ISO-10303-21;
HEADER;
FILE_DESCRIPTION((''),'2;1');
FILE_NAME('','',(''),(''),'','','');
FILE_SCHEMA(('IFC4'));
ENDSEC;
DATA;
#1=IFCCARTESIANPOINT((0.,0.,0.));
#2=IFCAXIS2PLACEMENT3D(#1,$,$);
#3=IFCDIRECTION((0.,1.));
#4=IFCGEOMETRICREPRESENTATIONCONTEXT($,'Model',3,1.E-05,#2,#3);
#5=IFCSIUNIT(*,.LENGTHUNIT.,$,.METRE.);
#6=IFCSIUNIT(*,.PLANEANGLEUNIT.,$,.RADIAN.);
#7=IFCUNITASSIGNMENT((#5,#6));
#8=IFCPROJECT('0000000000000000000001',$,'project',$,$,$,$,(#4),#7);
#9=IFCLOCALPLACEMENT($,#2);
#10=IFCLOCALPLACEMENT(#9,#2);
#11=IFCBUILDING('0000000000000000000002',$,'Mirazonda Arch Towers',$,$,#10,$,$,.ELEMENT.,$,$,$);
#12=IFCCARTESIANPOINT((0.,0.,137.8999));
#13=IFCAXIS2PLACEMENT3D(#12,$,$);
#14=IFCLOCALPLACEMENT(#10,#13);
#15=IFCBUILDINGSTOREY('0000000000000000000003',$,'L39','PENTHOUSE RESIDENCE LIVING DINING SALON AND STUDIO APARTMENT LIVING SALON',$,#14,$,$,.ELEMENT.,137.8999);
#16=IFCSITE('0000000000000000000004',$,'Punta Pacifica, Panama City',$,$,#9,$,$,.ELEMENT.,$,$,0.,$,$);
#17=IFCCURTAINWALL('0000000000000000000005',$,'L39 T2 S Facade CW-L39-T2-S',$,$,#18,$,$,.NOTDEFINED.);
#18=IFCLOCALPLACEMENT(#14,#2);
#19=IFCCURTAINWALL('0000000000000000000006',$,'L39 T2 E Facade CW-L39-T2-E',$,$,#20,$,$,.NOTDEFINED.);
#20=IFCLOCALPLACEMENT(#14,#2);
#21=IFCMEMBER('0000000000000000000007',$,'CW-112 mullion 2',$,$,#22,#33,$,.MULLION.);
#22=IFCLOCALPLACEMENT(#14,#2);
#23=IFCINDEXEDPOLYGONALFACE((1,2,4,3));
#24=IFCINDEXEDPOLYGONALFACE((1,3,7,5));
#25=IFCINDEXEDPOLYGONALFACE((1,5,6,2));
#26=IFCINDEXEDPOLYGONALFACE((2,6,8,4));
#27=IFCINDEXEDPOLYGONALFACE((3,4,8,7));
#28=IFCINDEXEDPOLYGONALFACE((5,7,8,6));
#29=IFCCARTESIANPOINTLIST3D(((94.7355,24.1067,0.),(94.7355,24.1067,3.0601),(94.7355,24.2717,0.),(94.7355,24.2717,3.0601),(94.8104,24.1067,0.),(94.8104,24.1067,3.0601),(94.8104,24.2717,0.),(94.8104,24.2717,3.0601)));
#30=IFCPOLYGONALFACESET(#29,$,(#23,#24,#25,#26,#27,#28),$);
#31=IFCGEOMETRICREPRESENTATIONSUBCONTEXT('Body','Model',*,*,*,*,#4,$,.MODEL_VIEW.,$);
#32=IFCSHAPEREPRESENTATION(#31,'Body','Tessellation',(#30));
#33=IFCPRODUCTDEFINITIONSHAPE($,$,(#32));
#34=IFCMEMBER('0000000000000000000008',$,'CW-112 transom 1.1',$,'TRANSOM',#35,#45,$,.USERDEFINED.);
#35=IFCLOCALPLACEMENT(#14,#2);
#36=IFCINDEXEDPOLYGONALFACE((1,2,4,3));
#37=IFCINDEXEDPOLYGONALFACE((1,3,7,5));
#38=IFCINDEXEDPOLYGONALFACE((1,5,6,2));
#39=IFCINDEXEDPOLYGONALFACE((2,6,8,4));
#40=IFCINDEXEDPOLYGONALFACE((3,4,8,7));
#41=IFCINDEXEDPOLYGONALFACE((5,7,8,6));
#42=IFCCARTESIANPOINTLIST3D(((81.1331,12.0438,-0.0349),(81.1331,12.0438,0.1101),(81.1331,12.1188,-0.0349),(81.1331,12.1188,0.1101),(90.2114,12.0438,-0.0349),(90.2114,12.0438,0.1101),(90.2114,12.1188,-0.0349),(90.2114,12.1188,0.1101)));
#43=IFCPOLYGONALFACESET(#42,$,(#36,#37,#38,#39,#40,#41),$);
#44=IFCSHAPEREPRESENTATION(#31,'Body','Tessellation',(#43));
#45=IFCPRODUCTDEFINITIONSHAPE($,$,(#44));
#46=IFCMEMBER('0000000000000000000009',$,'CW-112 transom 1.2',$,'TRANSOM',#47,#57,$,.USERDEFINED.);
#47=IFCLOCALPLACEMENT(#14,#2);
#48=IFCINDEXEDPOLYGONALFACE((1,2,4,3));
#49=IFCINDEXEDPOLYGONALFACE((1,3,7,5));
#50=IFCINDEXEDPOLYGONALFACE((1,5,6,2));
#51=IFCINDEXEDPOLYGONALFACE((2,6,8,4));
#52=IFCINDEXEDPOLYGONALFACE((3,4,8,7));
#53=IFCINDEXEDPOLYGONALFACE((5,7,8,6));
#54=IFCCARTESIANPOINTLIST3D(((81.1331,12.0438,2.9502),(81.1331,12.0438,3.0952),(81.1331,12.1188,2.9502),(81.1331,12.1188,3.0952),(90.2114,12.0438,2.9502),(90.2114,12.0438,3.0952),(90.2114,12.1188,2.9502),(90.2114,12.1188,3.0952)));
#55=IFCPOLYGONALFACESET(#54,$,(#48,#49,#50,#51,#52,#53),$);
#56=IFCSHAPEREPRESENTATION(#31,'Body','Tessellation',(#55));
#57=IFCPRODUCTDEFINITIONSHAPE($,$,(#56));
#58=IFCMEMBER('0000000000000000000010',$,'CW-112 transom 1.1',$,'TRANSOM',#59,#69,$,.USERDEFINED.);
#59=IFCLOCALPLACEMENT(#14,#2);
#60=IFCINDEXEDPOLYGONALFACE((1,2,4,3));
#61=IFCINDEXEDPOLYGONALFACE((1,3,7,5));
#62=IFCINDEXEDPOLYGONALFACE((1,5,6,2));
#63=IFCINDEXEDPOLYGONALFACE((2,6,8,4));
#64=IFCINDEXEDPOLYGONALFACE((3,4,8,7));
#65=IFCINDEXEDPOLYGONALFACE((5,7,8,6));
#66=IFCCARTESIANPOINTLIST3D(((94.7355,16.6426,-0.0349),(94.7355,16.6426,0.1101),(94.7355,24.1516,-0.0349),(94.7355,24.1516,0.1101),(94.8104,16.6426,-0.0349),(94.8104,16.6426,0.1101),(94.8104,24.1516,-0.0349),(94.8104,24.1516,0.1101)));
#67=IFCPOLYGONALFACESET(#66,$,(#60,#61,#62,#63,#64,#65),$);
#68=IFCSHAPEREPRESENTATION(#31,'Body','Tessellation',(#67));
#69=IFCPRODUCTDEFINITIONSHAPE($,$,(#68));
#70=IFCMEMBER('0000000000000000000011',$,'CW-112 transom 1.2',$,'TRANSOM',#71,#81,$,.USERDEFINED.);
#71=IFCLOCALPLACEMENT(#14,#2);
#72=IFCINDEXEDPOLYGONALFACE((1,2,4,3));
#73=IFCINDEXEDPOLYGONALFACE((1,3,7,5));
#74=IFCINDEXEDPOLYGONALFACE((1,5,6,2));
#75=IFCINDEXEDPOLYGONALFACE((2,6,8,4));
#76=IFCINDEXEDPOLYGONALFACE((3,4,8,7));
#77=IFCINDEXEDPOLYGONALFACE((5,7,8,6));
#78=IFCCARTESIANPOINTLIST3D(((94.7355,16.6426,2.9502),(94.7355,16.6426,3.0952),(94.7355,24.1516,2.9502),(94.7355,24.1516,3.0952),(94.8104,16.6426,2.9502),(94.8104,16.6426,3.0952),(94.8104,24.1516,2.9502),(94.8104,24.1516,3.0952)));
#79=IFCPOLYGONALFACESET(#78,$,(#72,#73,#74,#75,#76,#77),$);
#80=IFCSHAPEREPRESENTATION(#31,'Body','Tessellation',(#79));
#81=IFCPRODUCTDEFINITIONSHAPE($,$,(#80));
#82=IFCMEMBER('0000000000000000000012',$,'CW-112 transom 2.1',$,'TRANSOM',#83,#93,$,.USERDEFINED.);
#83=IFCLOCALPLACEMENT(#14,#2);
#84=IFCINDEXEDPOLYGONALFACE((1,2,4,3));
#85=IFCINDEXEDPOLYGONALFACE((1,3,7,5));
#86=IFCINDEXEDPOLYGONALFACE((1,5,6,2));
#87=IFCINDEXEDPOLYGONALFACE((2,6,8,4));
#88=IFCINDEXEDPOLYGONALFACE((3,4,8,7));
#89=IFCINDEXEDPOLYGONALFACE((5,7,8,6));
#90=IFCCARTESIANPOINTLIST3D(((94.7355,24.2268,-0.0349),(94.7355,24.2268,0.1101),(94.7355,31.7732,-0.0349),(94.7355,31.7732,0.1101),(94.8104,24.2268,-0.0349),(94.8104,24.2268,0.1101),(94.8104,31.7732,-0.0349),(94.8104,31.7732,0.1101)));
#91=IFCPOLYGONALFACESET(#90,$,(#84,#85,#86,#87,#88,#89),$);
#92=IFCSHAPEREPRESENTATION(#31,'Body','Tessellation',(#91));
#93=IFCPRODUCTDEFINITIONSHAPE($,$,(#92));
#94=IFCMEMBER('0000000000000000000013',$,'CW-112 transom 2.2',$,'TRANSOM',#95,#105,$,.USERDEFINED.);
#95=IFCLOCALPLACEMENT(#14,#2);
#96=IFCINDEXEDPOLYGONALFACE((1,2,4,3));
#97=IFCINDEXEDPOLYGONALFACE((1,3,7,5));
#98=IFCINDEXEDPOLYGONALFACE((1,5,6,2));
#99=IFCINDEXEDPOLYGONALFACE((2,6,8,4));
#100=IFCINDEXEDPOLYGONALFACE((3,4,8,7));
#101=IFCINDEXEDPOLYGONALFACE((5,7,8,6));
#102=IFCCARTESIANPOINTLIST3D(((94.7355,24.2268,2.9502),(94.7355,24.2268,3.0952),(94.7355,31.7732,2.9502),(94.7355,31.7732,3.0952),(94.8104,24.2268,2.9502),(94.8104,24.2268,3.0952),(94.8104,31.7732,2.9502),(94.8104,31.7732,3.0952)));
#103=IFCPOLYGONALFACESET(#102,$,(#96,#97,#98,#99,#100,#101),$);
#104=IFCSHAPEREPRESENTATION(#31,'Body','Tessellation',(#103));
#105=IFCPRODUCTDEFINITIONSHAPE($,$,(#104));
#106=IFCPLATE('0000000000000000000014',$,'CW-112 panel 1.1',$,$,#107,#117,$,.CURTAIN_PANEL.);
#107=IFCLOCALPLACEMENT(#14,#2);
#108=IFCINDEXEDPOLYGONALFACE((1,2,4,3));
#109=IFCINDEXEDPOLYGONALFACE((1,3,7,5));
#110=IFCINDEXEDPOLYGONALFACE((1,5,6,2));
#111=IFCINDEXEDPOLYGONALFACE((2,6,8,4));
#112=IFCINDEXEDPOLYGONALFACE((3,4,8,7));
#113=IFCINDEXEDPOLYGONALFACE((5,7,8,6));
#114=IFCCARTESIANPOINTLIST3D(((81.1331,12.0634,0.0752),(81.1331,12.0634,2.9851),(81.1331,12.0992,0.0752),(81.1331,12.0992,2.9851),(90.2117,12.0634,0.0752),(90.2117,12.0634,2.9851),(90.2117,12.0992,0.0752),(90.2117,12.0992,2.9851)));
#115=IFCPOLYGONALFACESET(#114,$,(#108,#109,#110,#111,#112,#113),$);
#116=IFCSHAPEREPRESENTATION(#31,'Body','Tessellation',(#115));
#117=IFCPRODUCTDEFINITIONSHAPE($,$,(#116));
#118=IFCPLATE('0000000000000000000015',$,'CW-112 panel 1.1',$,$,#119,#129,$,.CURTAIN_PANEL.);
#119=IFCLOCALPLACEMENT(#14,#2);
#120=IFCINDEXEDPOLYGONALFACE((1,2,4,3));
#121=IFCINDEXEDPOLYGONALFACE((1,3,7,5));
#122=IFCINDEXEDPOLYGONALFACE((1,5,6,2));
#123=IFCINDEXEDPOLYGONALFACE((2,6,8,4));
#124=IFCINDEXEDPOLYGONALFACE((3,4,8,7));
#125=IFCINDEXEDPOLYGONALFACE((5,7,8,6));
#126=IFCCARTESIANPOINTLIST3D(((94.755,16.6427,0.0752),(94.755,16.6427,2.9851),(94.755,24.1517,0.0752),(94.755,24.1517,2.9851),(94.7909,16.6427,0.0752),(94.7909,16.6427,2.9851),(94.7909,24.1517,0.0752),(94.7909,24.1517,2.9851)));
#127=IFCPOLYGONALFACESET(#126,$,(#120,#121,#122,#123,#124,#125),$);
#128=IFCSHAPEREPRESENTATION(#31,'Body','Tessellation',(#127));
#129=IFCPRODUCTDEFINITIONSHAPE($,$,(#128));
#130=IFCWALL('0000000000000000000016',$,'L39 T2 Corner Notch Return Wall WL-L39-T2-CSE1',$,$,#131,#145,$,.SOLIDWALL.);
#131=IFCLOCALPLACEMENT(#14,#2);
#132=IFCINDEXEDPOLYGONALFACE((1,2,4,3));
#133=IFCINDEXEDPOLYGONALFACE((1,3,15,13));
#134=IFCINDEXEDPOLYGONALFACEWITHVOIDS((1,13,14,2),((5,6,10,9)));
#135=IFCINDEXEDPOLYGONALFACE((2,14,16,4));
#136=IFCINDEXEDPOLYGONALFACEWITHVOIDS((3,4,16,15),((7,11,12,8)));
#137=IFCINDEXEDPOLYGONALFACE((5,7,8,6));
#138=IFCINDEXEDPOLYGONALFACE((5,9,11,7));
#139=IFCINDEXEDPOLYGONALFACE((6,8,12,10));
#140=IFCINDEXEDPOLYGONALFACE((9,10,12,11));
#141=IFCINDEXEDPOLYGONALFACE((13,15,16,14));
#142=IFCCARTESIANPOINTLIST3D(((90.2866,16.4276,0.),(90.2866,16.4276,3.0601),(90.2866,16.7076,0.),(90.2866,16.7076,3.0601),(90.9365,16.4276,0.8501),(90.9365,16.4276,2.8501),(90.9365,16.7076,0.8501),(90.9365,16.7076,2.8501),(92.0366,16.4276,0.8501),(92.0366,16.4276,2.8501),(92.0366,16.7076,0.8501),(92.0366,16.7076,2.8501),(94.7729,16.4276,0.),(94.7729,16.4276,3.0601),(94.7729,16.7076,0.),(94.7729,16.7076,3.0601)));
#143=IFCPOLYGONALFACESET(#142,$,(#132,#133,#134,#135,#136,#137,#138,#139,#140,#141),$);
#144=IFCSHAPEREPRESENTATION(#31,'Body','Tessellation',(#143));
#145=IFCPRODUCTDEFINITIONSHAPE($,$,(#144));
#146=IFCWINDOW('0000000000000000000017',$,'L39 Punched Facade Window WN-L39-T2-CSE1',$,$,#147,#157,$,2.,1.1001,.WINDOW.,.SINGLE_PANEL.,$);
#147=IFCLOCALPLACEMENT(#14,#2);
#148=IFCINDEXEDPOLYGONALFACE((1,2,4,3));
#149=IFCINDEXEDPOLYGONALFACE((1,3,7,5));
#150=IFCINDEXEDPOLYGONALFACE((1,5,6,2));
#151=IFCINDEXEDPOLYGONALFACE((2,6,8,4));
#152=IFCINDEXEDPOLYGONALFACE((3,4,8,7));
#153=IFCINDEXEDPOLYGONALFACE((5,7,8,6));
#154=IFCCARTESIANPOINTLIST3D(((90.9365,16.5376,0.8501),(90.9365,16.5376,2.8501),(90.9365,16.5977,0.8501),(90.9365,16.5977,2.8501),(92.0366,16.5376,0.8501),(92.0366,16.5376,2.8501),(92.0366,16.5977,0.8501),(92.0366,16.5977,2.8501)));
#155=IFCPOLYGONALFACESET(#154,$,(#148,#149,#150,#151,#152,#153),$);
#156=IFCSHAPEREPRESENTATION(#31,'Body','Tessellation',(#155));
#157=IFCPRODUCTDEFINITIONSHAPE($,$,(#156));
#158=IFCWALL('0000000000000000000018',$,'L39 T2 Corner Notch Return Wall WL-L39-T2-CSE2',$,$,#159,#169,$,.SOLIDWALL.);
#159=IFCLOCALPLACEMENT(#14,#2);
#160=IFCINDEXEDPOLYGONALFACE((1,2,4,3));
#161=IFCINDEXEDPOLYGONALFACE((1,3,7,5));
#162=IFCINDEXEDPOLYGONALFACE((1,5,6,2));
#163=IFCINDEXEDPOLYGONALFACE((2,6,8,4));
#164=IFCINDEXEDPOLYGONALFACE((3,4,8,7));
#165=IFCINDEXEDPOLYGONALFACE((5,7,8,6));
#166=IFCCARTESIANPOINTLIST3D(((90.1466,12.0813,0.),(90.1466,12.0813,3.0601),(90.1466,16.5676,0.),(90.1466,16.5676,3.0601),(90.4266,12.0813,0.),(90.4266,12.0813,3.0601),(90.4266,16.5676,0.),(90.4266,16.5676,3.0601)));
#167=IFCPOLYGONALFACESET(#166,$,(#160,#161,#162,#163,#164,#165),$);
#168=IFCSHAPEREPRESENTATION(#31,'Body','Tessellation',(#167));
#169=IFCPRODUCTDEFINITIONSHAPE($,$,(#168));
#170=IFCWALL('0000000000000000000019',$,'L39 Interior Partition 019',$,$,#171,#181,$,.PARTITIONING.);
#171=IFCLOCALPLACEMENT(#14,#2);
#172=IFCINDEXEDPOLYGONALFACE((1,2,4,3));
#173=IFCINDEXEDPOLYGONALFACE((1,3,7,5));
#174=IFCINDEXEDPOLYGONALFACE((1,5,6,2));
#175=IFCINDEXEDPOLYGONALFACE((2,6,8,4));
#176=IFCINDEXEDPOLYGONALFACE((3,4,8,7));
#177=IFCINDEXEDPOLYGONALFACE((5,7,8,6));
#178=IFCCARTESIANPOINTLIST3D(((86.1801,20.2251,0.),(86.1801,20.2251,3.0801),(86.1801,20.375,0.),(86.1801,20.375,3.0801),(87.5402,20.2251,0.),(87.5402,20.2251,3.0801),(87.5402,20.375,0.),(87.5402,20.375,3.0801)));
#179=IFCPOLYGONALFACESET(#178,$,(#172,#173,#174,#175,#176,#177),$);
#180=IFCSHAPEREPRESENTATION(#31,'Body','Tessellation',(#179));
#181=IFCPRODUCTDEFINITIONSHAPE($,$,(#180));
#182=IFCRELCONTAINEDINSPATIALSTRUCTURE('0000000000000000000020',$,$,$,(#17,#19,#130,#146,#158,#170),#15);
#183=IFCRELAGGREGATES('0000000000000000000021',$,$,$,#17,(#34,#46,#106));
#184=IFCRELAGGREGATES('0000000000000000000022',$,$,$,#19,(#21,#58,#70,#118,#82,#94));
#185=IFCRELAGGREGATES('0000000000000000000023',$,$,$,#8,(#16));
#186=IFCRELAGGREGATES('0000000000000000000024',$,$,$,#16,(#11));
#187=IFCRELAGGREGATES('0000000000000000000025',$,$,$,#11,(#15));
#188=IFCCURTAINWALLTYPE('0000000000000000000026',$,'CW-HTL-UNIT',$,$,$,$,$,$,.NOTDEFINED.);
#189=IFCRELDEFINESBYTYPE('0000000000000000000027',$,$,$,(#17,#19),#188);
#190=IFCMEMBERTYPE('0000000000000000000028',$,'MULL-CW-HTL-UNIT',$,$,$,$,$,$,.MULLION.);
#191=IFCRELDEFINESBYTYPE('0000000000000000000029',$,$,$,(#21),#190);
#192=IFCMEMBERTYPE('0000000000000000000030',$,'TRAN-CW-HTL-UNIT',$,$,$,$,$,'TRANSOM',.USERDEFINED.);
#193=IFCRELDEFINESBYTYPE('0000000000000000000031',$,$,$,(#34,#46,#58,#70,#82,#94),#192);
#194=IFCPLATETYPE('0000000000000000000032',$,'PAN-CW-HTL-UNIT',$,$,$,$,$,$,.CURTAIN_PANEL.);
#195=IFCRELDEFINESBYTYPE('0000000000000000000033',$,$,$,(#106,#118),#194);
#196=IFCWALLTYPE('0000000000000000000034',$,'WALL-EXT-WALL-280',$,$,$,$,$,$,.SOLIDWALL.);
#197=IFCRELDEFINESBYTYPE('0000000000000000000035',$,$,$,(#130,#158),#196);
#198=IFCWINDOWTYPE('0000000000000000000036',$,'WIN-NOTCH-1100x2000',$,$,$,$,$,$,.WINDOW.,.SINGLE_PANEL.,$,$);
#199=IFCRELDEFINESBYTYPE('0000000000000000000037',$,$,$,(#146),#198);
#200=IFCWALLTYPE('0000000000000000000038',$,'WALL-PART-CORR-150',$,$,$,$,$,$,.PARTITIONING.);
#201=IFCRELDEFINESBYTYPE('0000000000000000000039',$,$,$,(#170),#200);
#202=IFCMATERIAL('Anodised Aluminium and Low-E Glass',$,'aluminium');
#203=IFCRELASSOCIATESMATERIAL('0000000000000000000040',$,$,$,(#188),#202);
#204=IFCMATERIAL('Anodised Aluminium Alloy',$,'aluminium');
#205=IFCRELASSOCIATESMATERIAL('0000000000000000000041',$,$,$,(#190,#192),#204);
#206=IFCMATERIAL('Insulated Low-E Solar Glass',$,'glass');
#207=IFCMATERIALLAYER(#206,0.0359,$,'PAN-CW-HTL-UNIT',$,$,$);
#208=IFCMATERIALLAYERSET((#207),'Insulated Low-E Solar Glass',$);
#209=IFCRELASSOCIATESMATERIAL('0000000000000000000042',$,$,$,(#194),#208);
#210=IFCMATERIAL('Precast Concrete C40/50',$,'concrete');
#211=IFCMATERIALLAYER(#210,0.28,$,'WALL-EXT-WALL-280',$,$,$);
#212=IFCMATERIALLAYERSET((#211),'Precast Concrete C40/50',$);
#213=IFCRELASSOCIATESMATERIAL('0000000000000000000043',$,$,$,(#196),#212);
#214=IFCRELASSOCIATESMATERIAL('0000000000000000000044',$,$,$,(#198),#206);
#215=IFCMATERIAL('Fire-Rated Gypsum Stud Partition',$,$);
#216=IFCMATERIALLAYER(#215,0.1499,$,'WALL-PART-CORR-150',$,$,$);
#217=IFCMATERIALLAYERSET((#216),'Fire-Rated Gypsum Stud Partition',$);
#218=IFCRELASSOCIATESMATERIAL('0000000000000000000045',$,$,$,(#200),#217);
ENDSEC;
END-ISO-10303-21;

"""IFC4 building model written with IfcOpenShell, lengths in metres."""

from ifc_helpers import new_model, si_unit, direction, frame, frame_2d, origin, origin_2d, place, context, subcontext, project, spatial, rectangle, extrude, material, layer, layer_set, material_profile, profile_set, type_object, element, fill, aggregate, save


model = new_model("IFC4")

# Units and contexts
model_context = context("Model", 3, precision=1e-05, world=origin(), true_north=direction((0.0, 1.0)))
body_context = subcontext(model_context, "Body", "Model", "MODEL_VIEW")
ifc_project = project(units=[si_unit("LENGTHUNIT", "METRE"), si_unit("PLANEANGLEUNIT", "RADIAN")], contexts=[model_context])

# Site, building, storey
site_placement = place(None, origin())
site = spatial("IfcSite", under=ifc_project, at=site_placement, Name="Punta Pacifica, Panama City", CompositionType="ELEMENT", RefElevation=0.0)
building_placement = place(site_placement, origin())
building = spatial("IfcBuilding", under=site, at=building_placement, Name="Mirazonda Arch Towers", CompositionType="ELEMENT")
storey_placement = place(building_placement, frame((0.0, 0.0, 137.8999)))
storey = spatial("IfcBuildingStorey", under=building, at=storey_placement, Name="L39", Description="PENTHOUSE RESIDENCE LIVING DINING SALON AND STUDIO APARTMENT LIVING SALON", CompositionType="ELEMENT", Elevation=137.8999)

# Curtain wall
ifc_material_1 = material(Name="Anodised Aluminium and Low-E Glass", Category="aluminium")
curtain_wall_type = type_object("IfcCurtainWallType", Name="CW-HTL-UNIT", PredefinedType="NOTDEFINED", material=ifc_material_1)
curtain_wall_1_placement = place(storey_placement, origin())
curtain_wall_1 = element("IfcCurtainWall", 1, at=curtain_wall_1_placement, inside=storey, type_object=curtain_wall_type, Name="L39 T2 S Facade CW-L39-T2-S", PredefinedType="NOTDEFINED")
ifc_material_2 = material(Name="Anodised Aluminium Alloy", Category="aluminium")
ifc_material_profile_1 = material_profile(ifc_material_2, rectangle(XDim=0.075, YDim=0.165, at=origin_2d()), Name="ALU-MULL-75x165")
ifc_profile_set_1 = profile_set([ifc_material_profile_1], Name="Anodised Aluminium Alloy")
member_type_1 = type_object("IfcMemberType", Name="MULL-CW-HTL-UNIT", PredefinedType="MULLION", material=ifc_profile_set_1)

# Curtain wall, member
curtain_wall_2_placement = place(storey_placement, origin())
curtain_wall_2 = element("IfcCurtainWall", 2, at=curtain_wall_2_placement, inside=storey, type_object=curtain_wall_type, Name="L39 T2 E Facade CW-L39-T2-E", PredefinedType="NOTDEFINED")
member_1_placement = place(storey_placement, frame((94.7729, 24.1892, 0.0), z_axis=(0.0, 0.0, 1.0), x_axis=(-1.0, 0.0, 0.0)))
member_1 = element("IfcMember", 3, at=member_1_placement, type_object=member_type_1, Name="CW-112 mullion 2", PredefinedType="MULLION", context=body_context, shape_type="SweptSolid", body=[
    extrude(rectangle(XDim=0.075, YDim=0.165, at=origin_2d()), origin(), (0.0, 0.0, 1.0), 3.0601),
])

# Members
ifc_material_profile_2 = material_profile(ifc_material_2, rectangle(XDim=0.075, YDim=0.145, at=origin_2d()), Name="ALU-TRAN-75x145")
ifc_profile_set_2 = profile_set([ifc_material_profile_2], Name="Anodised Aluminium Alloy")
member_type_2 = type_object("IfcMemberType", Name="TRAN-CW-HTL-UNIT", ElementType="TRANSOM", PredefinedType="USERDEFINED", material=ifc_profile_set_2)
member_2_placement = place(storey_placement, frame((90.2114, 12.0813, 0.0376), z_axis=(-1.0, 0.0, 0.0), x_axis=(0.0, -1.0, 0.0)))
member_2 = element("IfcMember", 4, at=member_2_placement, type_object=member_type_2, Name="CW-112 transom 1.1", ObjectType="TRANSOM", PredefinedType="USERDEFINED", context=body_context, shape_type="SweptSolid", body=[
    extrude(rectangle(XDim=0.075, YDim=0.145, at=origin_2d()), origin(), (0.0, 0.0, 1.0), 9.0784),
])
member_3_placement = place(storey_placement, frame((90.2114, 12.0813, 3.0227), z_axis=(-1.0, 0.0, 0.0), x_axis=(0.0, -1.0, 0.0)))
member_3 = element("IfcMember", 5, at=member_3_placement, type_object=member_type_2, Name="CW-112 transom 1.2", ObjectType="TRANSOM", PredefinedType="USERDEFINED", context=body_context, shape_type="SweptSolid", body=[
    extrude(rectangle(XDim=0.075, YDim=0.145, at=origin_2d()), origin(), (0.0, 0.0, 1.0), 9.0784),
])
member_4_placement = place(storey_placement, frame((94.7729, 16.6426, 0.0376), z_axis=(0.0, 1.0, 0.0), x_axis=(-1.0, 0.0, 0.0)))
member_4 = element("IfcMember", 6, at=member_4_placement, type_object=member_type_2, Name="CW-112 transom 1.1", ObjectType="TRANSOM", PredefinedType="USERDEFINED", context=body_context, shape_type="SweptSolid", body=[
    extrude(rectangle(XDim=0.075, YDim=0.145, at=origin_2d()), origin(), (0.0, 0.0, 1.0), 7.509),
])
member_5_placement = place(storey_placement, frame((94.7729, 16.6426, 3.0227), z_axis=(0.0, 1.0, 0.0), x_axis=(-1.0, 0.0, 0.0)))
member_5 = element("IfcMember", 7, at=member_5_placement, type_object=member_type_2, Name="CW-112 transom 1.2", ObjectType="TRANSOM", PredefinedType="USERDEFINED", context=body_context, shape_type="SweptSolid", body=[
    extrude(rectangle(XDim=0.075, YDim=0.145, at=origin_2d()), origin(), (0.0, 0.0, 1.0), 7.509),
])
member_6_placement = place(storey_placement, frame((94.7729, 24.2268, 0.0376), z_axis=(0.0, 1.0, 0.0), x_axis=(-1.0, 0.0, 0.0)))
member_6 = element("IfcMember", 8, at=member_6_placement, type_object=member_type_2, Name="CW-112 transom 2.1", ObjectType="TRANSOM", PredefinedType="USERDEFINED", context=body_context, shape_type="SweptSolid", body=[
    extrude(rectangle(XDim=0.075, YDim=0.145, at=origin_2d()), origin(), (0.0, 0.0, 1.0), 7.5464),
])
member_7_placement = place(storey_placement, frame((94.7729, 24.2268, 3.0227), z_axis=(0.0, 1.0, 0.0), x_axis=(-1.0, 0.0, 0.0)))
member_7 = element("IfcMember", 9, at=member_7_placement, type_object=member_type_2, Name="CW-112 transom 2.2", ObjectType="TRANSOM", PredefinedType="USERDEFINED", context=body_context, shape_type="SweptSolid", body=[
    extrude(rectangle(XDim=0.075, YDim=0.145, at=origin_2d()), origin(), (0.0, 0.0, 1.0), 7.5464),
])

# Plates
ifc_material_3 = material(Name="Insulated Low-E Solar Glass", Category="glass")
ifc_layer_1 = layer(ifc_material_3, 0.0359, Name="PAN-CW-HTL-UNIT")
ifc_layer_set_1 = layer_set([ifc_layer_1], Name="Insulated Low-E Solar Glass")
plate_type = type_object("IfcPlateType", Name="PAN-CW-HTL-UNIT", PredefinedType="CURTAIN_PANEL", material=ifc_layer_set_1)
plate_1_placement = place(storey_placement, frame((85.6724, 12.0813, 0.0752), z_axis=(0.0, 0.0, 1.0), x_axis=(-1.0, 0.0, 0.0)))
plate_1 = element("IfcPlate", 10, at=plate_1_placement, type_object=plate_type, Name="CW-112 panel 1.1", PredefinedType="CURTAIN_PANEL", context=body_context, shape_type="SweptSolid", body=[
    extrude(rectangle(XDim=9.0786, YDim=0.0359, at=origin_2d()), origin(), (0.0, 0.0, 1.0), 2.9099),
])
aggregate(curtain_wall_1, [member_2, member_3, plate_1])
plate_2_placement = place(storey_placement, frame((94.7729, 20.3972, 0.0752), z_axis=(0.0, 0.0, 1.0), x_axis=(0.0, 1.0, 0.0)))
plate_2 = element("IfcPlate", 11, at=plate_2_placement, type_object=plate_type, Name="CW-112 panel 1.1", PredefinedType="CURTAIN_PANEL", context=body_context, shape_type="SweptSolid", body=[
    extrude(rectangle(XDim=7.509, YDim=0.0359, at=origin_2d()), origin(), (0.0, 0.0, 1.0), 2.9099),
])
aggregate(curtain_wall_2, [member_1, member_4, member_5, plate_2, member_6, member_7])

# Wall, opening, window
ifc_material_4 = material(Name="Precast Concrete C40/50", Category="concrete")
ifc_layer_2 = layer(ifc_material_4, 0.28, Name="WALL-EXT-WALL-280")
ifc_layer_set_2 = layer_set([ifc_layer_2], Name="Precast Concrete C40/50")
wall_type_1 = type_object("IfcWallType", Name="WALL-EXT-WALL-280", PredefinedType="SOLIDWALL", material=ifc_layer_set_2)
wall_1_placement = place(storey_placement, frame((90.2866, 16.5676, 0.0), z_axis=(0.0, 0.0, 1.0), x_axis=(1.0, 0.0, 0.0)))
wall_1 = element("IfcWall", 12, at=wall_1_placement, inside=storey, type_object=wall_type_1, Name="L39 T2 Corner Notch Return Wall WL-L39-T2-CSE1", PredefinedType="SOLIDWALL", context=body_context, shape_type="SweptSolid", body=[
    extrude(rectangle(XDim=4.4863, YDim=0.28, at=frame_2d((2.2432, 0.0))), origin(), (0.0, 0.0, 1.0), 3.0601),
])
opening_1_placement = place(wall_1_placement, frame((0.6499, 0.0, 0.8501)))
opening_1 = element("IfcOpeningElement", 13, at=opening_1_placement, cuts=wall_1, PredefinedType="OPENING", context=body_context, shape_type="SweptSolid", body=[
    extrude(rectangle(XDim=1.1001, YDim=2.0, at=frame_2d((0.55, 1.0))), frame((0.0, 0.1499, 0.0), z_axis=(0.0, -1.0, 0.0), x_axis=(1.0, 0.0, 0.0)), (0.0, 0.0, 1.0), 0.3),
])
window_type = type_object("IfcWindowType", Name="WIN-NOTCH-1100x2000", PartitioningType="SINGLE_PANEL", PredefinedType="WINDOW", material=ifc_material_3)
window_placement = place(opening_1_placement, origin())
window = element("IfcWindow", 14, at=window_placement, inside=storey, type_object=window_type, Name="L39 Punched Facade Window WN-L39-T2-CSE1", OverallHeight=2.0, OverallWidth=1.1001, PartitioningType="SINGLE_PANEL", PredefinedType="WINDOW", context=body_context, shape_type="SweptSolid", body=[
    extrude(rectangle(XDim=1.1001, YDim=2.0, at=frame_2d((0.55, 1.0))), frame((0.0, 0.03, 0.0), z_axis=(0.0, -1.0, 0.0), x_axis=(1.0, 0.0, 0.0)), (0.0, 0.0, 1.0), 0.0601),
])
fill(opening_1, window)

# Walls
wall_2_placement = place(storey_placement, frame((90.2866, 12.0813, 0.0), z_axis=(0.0, 0.0, 1.0), x_axis=(0.0, 1.0, 0.0)))
element("IfcWall", 15, at=wall_2_placement, inside=storey, type_object=wall_type_1, Name="L39 T2 Corner Notch Return Wall WL-L39-T2-CSE2", PredefinedType="SOLIDWALL", context=body_context, shape_type="SweptSolid", body=[
    extrude(rectangle(XDim=4.4863, YDim=0.28, at=frame_2d((2.2432, 0.0))), origin(), (0.0, 0.0, 1.0), 3.0601),
])
ifc_material_5 = material(Name="Fire-Rated Gypsum Stud Partition")
ifc_layer_3 = layer(ifc_material_5, 0.1499, Name="WALL-PART-CORR-150")
ifc_layer_set_3 = layer_set([ifc_layer_3], Name="Fire-Rated Gypsum Stud Partition")
wall_type_2 = type_object("IfcWallType", Name="WALL-PART-CORR-150", PredefinedType="PARTITIONING", material=ifc_layer_set_3)
wall_3_placement = place(storey_placement, frame((86.1799, 20.3, 0.0), z_axis=(0.0, 0.0, 1.0), x_axis=(1.0, 0.0, 0.0)))
element("IfcWall", 16, at=wall_3_placement, inside=storey, type_object=wall_type_2, Name="L39 Interior Partition 019", PredefinedType="PARTITIONING", context=body_context, shape_type="SweptSolid", body=[
    extrude(rectangle(XDim=1.3601, YDim=0.1499, at=frame_2d((0.6802, 0.0))), origin(), (0.0, 0.0, 1.0), 3.0801),
])

save(model, "model.ifc")
